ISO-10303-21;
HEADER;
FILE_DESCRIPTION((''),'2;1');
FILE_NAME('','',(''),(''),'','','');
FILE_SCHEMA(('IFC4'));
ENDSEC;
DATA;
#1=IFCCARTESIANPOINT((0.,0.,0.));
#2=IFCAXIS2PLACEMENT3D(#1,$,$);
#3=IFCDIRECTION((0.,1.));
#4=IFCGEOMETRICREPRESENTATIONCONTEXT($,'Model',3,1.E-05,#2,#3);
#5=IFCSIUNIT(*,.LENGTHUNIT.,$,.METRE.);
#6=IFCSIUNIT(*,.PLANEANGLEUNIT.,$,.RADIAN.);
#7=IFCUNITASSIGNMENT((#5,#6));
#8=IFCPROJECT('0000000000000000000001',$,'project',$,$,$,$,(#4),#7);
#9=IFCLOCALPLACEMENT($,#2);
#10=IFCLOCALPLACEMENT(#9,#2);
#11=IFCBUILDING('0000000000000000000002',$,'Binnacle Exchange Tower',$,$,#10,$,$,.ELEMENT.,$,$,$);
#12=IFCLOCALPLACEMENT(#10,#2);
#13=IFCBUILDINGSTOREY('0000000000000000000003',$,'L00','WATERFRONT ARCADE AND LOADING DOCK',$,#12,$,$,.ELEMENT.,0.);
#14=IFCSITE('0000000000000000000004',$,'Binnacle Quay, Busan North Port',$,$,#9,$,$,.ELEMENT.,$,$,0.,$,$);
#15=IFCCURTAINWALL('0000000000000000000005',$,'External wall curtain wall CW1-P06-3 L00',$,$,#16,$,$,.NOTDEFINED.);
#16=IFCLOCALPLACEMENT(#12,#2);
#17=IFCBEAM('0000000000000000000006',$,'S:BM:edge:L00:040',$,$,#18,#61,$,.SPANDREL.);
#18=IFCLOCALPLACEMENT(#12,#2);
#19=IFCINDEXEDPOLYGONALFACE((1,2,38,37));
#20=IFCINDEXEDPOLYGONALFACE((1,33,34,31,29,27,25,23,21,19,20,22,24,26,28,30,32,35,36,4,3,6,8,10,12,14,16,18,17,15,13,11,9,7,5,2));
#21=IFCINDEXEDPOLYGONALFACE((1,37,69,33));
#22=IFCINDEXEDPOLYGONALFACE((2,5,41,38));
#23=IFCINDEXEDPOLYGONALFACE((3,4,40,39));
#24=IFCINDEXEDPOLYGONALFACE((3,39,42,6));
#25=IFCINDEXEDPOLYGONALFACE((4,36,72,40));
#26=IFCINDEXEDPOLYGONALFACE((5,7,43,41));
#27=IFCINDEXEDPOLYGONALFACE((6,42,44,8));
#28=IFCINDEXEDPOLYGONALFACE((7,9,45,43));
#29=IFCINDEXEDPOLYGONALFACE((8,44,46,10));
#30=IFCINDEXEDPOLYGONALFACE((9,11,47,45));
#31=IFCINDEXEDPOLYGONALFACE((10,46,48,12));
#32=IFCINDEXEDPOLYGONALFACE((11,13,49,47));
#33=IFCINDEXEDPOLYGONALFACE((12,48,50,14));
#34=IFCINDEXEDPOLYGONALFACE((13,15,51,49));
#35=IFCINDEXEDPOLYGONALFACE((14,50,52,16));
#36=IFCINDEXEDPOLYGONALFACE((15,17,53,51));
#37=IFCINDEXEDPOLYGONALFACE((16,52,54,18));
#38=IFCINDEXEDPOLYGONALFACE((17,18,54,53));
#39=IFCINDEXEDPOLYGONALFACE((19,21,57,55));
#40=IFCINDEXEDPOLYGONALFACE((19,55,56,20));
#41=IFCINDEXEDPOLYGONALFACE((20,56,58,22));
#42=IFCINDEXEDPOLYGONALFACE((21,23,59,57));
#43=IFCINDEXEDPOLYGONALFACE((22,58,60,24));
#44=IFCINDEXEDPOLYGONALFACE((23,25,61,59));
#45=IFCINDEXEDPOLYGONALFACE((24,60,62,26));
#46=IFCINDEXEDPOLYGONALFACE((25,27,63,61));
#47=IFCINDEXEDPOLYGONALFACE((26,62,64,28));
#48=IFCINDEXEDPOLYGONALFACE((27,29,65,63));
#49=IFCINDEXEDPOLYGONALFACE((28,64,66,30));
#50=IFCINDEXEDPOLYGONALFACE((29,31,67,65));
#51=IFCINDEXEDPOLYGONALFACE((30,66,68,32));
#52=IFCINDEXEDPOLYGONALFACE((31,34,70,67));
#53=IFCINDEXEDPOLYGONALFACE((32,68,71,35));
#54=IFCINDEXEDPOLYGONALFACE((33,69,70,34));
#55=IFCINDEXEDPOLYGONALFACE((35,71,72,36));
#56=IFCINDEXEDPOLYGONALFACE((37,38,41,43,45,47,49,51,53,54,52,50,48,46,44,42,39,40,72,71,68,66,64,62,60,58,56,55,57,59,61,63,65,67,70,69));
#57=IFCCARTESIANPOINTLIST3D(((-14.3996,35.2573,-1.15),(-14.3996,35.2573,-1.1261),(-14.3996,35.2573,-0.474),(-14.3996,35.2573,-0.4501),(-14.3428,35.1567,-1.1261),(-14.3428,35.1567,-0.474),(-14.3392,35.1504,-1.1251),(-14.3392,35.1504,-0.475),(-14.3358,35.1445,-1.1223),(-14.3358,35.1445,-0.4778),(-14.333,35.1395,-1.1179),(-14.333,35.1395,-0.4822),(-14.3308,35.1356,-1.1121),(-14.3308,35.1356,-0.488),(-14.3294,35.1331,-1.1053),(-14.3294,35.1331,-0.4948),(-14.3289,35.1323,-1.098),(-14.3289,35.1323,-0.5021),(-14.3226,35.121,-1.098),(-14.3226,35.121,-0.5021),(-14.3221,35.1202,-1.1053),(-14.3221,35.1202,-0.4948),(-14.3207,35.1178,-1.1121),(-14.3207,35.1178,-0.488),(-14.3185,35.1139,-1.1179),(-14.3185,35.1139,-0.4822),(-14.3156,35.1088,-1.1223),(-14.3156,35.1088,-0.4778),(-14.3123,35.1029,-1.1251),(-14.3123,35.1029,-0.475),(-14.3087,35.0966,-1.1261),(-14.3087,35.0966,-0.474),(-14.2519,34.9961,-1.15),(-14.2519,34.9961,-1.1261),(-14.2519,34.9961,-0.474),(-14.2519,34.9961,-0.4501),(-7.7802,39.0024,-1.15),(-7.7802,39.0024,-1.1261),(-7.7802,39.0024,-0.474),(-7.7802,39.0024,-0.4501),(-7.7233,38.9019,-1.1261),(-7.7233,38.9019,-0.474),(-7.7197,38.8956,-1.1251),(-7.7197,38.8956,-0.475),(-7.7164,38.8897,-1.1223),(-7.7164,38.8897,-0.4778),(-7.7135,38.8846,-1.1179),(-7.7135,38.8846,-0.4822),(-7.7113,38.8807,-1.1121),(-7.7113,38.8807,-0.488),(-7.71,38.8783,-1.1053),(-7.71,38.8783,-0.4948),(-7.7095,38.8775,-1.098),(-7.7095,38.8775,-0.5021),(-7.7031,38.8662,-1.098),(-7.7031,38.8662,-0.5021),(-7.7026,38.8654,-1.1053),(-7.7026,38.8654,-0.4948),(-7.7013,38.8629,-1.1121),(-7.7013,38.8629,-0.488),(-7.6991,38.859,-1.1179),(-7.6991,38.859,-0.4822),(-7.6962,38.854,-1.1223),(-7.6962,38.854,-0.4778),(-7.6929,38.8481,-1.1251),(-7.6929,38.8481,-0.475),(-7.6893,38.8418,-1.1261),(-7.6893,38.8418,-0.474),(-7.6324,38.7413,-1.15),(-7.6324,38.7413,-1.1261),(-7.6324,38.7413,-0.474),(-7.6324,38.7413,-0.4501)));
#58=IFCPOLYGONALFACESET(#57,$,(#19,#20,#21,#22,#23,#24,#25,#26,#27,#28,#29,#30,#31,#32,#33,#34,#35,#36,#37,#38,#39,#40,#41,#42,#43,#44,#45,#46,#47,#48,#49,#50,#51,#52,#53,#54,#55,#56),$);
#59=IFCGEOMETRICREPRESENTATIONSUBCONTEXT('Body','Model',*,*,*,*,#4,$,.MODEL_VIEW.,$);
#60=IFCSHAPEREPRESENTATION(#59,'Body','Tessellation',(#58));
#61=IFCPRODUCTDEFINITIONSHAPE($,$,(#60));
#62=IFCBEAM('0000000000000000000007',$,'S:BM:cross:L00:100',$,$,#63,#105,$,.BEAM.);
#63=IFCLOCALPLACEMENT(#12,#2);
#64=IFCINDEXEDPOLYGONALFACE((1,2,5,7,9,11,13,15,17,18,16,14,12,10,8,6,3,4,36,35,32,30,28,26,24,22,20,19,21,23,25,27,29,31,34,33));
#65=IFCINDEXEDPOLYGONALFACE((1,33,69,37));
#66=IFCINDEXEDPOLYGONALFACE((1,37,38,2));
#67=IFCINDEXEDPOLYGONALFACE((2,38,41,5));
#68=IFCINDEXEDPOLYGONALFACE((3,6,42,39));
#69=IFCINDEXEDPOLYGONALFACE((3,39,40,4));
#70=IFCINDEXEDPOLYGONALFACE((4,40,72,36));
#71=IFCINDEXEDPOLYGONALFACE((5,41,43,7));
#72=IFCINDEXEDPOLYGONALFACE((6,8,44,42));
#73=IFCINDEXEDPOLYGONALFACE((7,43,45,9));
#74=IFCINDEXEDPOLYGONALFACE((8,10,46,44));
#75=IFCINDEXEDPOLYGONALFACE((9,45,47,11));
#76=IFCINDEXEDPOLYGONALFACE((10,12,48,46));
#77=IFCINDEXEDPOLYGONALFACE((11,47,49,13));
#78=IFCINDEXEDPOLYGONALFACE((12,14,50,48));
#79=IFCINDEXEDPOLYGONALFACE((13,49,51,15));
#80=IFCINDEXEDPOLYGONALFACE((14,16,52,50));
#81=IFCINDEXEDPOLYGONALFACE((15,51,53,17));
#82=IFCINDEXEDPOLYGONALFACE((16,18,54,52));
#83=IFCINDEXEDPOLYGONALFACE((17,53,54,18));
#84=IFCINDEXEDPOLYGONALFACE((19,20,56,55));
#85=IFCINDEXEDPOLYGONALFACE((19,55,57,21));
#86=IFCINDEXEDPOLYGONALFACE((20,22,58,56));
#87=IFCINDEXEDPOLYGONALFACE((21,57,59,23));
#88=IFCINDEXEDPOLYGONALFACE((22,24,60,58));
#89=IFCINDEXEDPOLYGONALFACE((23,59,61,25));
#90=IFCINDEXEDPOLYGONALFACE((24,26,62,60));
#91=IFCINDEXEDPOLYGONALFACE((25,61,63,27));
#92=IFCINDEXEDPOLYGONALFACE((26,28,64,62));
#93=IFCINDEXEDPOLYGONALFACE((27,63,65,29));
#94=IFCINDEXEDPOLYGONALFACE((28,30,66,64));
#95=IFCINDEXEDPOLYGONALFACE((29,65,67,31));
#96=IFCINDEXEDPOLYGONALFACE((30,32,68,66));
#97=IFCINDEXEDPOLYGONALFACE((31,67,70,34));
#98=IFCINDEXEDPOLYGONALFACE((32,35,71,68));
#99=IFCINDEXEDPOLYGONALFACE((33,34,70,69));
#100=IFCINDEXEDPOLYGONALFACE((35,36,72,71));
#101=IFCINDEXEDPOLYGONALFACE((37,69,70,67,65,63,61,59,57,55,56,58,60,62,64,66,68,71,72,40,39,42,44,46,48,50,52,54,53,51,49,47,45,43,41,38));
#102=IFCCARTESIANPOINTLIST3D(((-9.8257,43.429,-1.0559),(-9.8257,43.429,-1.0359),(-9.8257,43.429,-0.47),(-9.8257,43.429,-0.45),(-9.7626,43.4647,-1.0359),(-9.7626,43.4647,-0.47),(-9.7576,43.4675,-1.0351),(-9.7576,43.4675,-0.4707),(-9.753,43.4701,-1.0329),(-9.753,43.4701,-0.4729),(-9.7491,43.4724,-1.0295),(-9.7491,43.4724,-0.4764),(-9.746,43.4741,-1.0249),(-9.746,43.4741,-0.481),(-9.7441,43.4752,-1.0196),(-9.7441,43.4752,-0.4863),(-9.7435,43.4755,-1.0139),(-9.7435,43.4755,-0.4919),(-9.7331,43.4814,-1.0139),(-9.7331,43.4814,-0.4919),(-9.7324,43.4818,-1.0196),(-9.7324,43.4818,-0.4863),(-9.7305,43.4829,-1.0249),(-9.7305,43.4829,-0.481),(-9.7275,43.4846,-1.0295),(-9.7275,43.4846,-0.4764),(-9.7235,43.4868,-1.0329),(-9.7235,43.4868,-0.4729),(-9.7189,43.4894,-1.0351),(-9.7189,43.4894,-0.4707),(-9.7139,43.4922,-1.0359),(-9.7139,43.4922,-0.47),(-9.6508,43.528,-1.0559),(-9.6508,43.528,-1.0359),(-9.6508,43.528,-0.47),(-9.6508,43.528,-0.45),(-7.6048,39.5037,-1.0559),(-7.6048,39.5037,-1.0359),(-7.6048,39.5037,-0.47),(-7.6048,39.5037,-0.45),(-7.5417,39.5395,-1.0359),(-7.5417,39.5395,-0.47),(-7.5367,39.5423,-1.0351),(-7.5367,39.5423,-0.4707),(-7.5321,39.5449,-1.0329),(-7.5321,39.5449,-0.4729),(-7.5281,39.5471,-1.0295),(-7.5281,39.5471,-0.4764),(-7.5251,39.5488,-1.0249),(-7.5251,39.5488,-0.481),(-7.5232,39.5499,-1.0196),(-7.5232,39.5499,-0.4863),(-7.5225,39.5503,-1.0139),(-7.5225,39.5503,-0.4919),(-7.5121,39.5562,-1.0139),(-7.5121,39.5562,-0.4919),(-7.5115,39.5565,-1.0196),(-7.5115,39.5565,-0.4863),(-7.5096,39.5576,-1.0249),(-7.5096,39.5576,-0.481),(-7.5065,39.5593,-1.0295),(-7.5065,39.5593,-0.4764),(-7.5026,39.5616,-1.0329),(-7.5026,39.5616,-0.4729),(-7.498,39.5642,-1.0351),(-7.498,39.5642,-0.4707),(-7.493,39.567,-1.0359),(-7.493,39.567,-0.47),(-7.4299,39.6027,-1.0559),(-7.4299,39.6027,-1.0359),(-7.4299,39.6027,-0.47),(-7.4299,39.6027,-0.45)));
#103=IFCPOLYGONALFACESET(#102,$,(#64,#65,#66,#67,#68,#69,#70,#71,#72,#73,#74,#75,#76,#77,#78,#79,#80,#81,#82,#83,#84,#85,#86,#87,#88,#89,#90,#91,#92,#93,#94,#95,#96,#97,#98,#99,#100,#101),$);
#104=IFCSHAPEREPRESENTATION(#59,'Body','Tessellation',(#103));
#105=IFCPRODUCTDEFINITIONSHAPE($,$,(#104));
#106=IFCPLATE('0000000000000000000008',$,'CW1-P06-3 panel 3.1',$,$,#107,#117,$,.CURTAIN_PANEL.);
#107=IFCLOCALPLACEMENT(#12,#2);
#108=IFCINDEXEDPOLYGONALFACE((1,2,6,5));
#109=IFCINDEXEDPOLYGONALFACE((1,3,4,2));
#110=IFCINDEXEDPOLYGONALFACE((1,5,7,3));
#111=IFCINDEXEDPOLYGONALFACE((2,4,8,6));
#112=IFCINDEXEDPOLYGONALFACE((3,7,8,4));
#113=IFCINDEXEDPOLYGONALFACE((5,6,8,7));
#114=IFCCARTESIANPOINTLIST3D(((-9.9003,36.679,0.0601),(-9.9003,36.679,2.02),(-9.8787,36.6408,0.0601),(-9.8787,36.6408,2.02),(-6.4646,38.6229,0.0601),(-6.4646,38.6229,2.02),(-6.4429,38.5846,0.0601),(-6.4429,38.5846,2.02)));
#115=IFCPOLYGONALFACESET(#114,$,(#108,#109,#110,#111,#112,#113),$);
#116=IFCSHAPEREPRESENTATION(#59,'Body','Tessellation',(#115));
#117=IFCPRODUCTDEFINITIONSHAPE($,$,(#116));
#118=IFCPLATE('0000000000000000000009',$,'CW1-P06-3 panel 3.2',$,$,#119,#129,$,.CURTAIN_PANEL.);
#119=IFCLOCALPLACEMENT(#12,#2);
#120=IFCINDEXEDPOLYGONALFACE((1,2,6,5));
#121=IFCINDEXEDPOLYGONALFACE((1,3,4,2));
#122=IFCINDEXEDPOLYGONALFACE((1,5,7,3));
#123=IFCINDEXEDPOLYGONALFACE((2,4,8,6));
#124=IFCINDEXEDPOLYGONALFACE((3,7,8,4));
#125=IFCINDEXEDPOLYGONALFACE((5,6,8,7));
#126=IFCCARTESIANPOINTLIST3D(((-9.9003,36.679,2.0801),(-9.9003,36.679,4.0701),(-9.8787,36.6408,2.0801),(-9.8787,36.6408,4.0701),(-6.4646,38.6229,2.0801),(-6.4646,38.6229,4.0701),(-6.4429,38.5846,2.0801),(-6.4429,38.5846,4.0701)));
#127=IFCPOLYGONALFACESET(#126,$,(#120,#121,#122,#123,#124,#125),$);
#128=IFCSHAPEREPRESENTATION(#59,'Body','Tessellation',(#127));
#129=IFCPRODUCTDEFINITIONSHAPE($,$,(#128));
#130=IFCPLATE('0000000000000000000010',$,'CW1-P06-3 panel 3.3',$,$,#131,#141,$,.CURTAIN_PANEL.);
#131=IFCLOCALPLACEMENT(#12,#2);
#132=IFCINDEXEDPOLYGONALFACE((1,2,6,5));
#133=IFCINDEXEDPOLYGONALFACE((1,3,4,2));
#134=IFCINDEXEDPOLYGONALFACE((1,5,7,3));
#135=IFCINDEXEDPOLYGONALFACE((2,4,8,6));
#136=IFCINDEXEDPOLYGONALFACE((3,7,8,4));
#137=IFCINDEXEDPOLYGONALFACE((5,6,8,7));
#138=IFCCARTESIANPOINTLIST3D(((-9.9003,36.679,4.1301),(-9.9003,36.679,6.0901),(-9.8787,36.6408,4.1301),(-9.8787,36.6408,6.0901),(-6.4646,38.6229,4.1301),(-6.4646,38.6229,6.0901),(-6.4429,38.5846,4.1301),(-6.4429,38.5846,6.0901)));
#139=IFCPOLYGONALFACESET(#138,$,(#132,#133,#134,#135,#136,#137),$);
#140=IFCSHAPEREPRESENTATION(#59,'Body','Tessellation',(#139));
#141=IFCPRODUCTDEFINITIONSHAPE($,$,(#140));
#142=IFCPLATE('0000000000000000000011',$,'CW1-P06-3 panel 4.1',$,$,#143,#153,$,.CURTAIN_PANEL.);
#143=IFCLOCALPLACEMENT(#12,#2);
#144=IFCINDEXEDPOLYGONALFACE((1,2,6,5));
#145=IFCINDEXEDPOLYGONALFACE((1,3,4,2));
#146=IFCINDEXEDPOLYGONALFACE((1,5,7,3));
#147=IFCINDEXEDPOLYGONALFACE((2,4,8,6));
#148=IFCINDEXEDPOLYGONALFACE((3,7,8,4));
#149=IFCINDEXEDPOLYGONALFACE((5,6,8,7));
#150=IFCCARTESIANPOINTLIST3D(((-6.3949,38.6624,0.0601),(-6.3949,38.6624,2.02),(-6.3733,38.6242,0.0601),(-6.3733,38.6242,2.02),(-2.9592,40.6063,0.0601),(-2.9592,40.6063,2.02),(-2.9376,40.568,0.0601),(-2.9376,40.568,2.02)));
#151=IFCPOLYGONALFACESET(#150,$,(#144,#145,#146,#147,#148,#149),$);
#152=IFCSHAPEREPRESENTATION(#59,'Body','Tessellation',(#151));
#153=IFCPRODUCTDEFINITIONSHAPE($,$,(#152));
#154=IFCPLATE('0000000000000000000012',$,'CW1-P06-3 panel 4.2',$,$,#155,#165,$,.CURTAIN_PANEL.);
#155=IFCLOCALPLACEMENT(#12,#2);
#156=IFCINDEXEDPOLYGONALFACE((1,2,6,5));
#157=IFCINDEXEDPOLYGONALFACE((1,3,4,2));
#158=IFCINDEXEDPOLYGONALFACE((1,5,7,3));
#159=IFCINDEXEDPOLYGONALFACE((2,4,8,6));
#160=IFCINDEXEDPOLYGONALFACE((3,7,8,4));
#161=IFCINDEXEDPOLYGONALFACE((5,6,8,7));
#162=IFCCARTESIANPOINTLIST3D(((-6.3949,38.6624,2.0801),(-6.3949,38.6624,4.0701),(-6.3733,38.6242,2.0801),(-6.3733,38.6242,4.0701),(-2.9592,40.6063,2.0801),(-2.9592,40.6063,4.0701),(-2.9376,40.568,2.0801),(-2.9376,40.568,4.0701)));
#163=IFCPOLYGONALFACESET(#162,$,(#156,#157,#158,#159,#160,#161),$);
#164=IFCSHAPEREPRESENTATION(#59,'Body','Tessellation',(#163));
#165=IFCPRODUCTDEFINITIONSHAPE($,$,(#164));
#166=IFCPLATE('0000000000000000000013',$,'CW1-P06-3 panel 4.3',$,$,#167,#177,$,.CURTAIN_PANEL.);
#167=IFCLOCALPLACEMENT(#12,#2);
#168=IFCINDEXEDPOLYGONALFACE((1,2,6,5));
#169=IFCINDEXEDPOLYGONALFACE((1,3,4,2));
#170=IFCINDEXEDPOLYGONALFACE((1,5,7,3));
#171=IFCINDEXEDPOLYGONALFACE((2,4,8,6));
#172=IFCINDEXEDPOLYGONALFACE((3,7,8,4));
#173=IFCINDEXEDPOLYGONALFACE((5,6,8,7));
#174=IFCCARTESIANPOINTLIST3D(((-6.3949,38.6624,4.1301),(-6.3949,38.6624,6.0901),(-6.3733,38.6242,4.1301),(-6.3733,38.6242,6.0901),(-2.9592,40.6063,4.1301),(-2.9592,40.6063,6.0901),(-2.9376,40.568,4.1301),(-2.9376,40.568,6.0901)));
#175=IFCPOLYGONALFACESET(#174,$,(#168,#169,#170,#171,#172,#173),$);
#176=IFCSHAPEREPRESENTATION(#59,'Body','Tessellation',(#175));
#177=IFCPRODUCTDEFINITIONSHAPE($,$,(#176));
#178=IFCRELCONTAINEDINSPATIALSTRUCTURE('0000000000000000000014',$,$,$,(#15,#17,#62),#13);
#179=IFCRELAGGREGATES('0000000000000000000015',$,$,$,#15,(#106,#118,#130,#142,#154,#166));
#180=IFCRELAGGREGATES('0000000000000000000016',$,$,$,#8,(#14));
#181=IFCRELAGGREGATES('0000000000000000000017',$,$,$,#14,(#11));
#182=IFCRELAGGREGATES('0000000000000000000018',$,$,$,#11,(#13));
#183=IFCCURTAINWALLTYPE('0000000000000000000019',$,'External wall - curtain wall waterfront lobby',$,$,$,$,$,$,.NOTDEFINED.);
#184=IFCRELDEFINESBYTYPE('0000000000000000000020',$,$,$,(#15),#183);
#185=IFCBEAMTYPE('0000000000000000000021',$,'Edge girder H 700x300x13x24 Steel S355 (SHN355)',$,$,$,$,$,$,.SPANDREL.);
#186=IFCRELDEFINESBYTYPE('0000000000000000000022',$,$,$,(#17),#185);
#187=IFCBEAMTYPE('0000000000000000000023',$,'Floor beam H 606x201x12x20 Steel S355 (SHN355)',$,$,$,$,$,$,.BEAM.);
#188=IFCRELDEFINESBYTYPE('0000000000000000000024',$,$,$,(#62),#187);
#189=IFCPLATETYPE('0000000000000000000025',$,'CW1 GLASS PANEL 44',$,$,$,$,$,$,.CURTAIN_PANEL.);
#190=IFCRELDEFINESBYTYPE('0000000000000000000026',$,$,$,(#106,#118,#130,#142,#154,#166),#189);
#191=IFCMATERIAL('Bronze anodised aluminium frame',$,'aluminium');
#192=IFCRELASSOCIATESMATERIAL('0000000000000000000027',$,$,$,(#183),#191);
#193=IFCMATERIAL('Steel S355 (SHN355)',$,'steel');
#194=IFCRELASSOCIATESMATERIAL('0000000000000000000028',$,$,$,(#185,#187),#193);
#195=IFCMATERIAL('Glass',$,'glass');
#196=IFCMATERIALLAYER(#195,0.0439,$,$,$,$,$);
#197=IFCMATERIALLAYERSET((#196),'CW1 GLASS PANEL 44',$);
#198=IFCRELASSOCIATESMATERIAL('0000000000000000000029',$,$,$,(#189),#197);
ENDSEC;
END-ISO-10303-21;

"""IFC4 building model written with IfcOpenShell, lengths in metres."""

from ifc_helpers import new_model, si_unit, direction, frame, origin, origin_2d, place, context, subcontext, project, spatial, rectangle, i_section, extrude, material, layer, layer_set, material_profile, profile_set, type_object, element, aggregate, save


model = new_model("IFC4")

# Units and contexts
model_context = context("Model", 3, precision=1e-05, world=origin(), true_north=direction((0.0, 1.0)))
body_context = subcontext(model_context, "Body", "Model", "MODEL_VIEW")
ifc_project = project(units=[si_unit("LENGTHUNIT", "METRE"), si_unit("PLANEANGLEUNIT", "RADIAN")], contexts=[model_context])

# Site, building, storey
site_placement = place(None, origin())
site = spatial("IfcSite", under=ifc_project, at=site_placement, Name="Binnacle Quay, Busan North Port", CompositionType="ELEMENT", RefElevation=0.0)
building_placement = place(site_placement, origin())
building = spatial("IfcBuilding", under=site, at=building_placement, Name="Binnacle Exchange Tower", CompositionType="ELEMENT")
storey_placement = place(building_placement, origin())
storey = spatial("IfcBuildingStorey", under=building, at=storey_placement, Name="L00", Description="WATERFRONT ARCADE AND LOADING DOCK", CompositionType="ELEMENT", Elevation=0.0)

# Curtain wall
ifc_material_1 = material(Name="Bronze anodised aluminium frame", Category="aluminium")
curtain_wall_type = type_object("IfcCurtainWallType", Name="External wall - curtain wall waterfront lobby", PredefinedType="NOTDEFINED", material=ifc_material_1)
curtain_wall_placement = place(storey_placement, origin())
curtain_wall = element("IfcCurtainWall", 1, at=curtain_wall_placement, inside=storey, type_object=curtain_wall_type, Name="External wall curtain wall CW1-P06-3 L00", PredefinedType="NOTDEFINED")

# Beams
ifc_material_2 = material(Name="Steel S355 (SHN355)", Category="steel")
ifc_material_profile_1 = material_profile(ifc_material_2, i_section(OverallWidth=0.3, OverallDepth=0.7, WebThickness=0.0129, FlangeThickness=0.0239, FilletRadius=0.0281, at=origin_2d()), Name="H 700x300x13x24")
ifc_profile_set_1 = profile_set([ifc_material_profile_1], Name="Steel S355 (SHN355)")
beam_type_1 = type_object("IfcBeamType", Name="Edge girder H 700x300x13x24 Steel S355 (SHN355)", PredefinedType="SPANDREL", material=ifc_profile_set_1)
beam_1_placement = place(storey_placement, frame((-7.7063, 38.8718, -0.8), z_axis=(-0.870353, -0.492428, 0.0), x_axis=(0.492428, -0.870353, 0.0)))
element("IfcBeam", 2, at=beam_1_placement, inside=storey, type_object=beam_type_1, Name="S:BM:edge:L00:040", PredefinedType="SPANDREL", context=body_context, shape_type="SweptSolid", body=[
    extrude(i_section(OverallWidth=0.3, OverallDepth=0.7, WebThickness=0.0129, FlangeThickness=0.0239, FilletRadius=0.0281, at=origin_2d()), origin(), (0.0, 0.0, 1.0), 7.6055),
])
ifc_material_profile_2 = material_profile(ifc_material_2, i_section(OverallWidth=0.2009, OverallDepth=0.606, WebThickness=0.012, FlangeThickness=0.02, FilletRadius=0.022, at=origin_2d()), Name="H 606x201x12x20")
ifc_profile_set_2 = profile_set([ifc_material_profile_2], Name="Steel S355 (SHN355)")
beam_type_2 = type_object("IfcBeamType", Name="Floor beam H 606x201x12x20 Steel S355 (SHN355)", PredefinedType="BEAM", material=ifc_profile_set_2)
beam_2_placement = place(storey_placement, frame((-7.5173, 39.5532, -0.7529), z_axis=(-0.492444, 0.870344, 0.0), x_axis=(-0.870344, -0.492444, 0.0)))
element("IfcBeam", 3, at=beam_2_placement, inside=storey, type_object=beam_type_2, Name="S:BM:cross:L00:100", PredefinedType="BEAM", context=body_context, shape_type="SweptSolid", body=[
    extrude(i_section(OverallWidth=0.2009, OverallDepth=0.606, WebThickness=0.012, FlangeThickness=0.02, FilletRadius=0.022, at=origin_2d()), origin(), (0.0, 0.0, 1.0), 4.51),
])

# Plates
ifc_material_3 = material(Name="Glass", Category="glass")
ifc_layer = layer(ifc_material_3, 0.0439)
ifc_layer_set = layer_set([ifc_layer], Name="CW1 GLASS PANEL 44")
plate_type = type_object("IfcPlateType", Name="CW1 GLASS PANEL 44", PredefinedType="CURTAIN_PANEL", material=ifc_layer_set)
plate_1_placement = place(storey_placement, frame((-8.1716, 37.6318, 0.0601), z_axis=(0.0, 0.0, 1.0), x_axis=(0.870356, 0.492424, 0.0)))
plate_1 = element("IfcPlate", 4, at=plate_1_placement, type_object=plate_type, Name="CW1-P06-3 panel 3.1", PredefinedType="CURTAIN_PANEL", context=body_context, shape_type="SweptSolid", body=[
    extrude(rectangle(XDim=3.9475, YDim=0.0439, at=origin_2d()), origin(), (0.0, 0.0, 1.0), 1.96),
])
plate_2_placement = place(storey_placement, frame((-8.1716, 37.6318, 2.0801), z_axis=(0.0, 0.0, 1.0), x_axis=(0.870356, 0.492424, 0.0)))
plate_2 = element("IfcPlate", 5, at=plate_2_placement, type_object=plate_type, Name="CW1-P06-3 panel 3.2", PredefinedType="CURTAIN_PANEL", context=body_context, shape_type="SweptSolid", body=[
    extrude(rectangle(XDim=3.9475, YDim=0.0439, at=origin_2d()), origin(), (0.0, 0.0, 1.0), 1.99),
])
plate_3_placement = place(storey_placement, frame((-8.1716, 37.6318, 4.1301), z_axis=(0.0, 0.0, 1.0), x_axis=(0.870356, 0.492424, 0.0)))
plate_3 = element("IfcPlate", 6, at=plate_3_placement, type_object=plate_type, Name="CW1-P06-3 panel 3.3", PredefinedType="CURTAIN_PANEL", context=body_context, shape_type="SweptSolid", body=[
    extrude(rectangle(XDim=3.9475, YDim=0.0439, at=origin_2d()), origin(), (0.0, 0.0, 1.0), 1.96),
])
plate_4_placement = place(storey_placement, frame((-4.6663, 39.6152, 0.0601), z_axis=(0.0, 0.0, 1.0), x_axis=(0.870356, 0.492424, 0.0)))
plate_4 = element("IfcPlate", 7, at=plate_4_placement, type_object=plate_type, Name="CW1-P06-3 panel 4.1", PredefinedType="CURTAIN_PANEL", context=body_context, shape_type="SweptSolid", body=[
    extrude(rectangle(XDim=3.9475, YDim=0.0439, at=origin_2d()), origin(), (0.0, 0.0, 1.0), 1.96),
])
plate_5_placement = place(storey_placement, frame((-4.6663, 39.6152, 2.0801), z_axis=(0.0, 0.0, 1.0), x_axis=(0.870356, 0.492424, 0.0)))
plate_5 = element("IfcPlate", 8, at=plate_5_placement, type_object=plate_type, Name="CW1-P06-3 panel 4.2", PredefinedType="CURTAIN_PANEL", context=body_context, shape_type="SweptSolid", body=[
    extrude(rectangle(XDim=3.9475, YDim=0.0439, at=origin_2d()), origin(), (0.0, 0.0, 1.0), 1.99),
])
plate_6_placement = place(storey_placement, frame((-4.6663, 39.6152, 4.1301), z_axis=(0.0, 0.0, 1.0), x_axis=(0.870356, 0.492424, 0.0)))
plate_6 = element("IfcPlate", 9, at=plate_6_placement, type_object=plate_type, Name="CW1-P06-3 panel 4.3", PredefinedType="CURTAIN_PANEL", context=body_context, shape_type="SweptSolid", body=[
    extrude(rectangle(XDim=3.9475, YDim=0.0439, at=origin_2d()), origin(), (0.0, 0.0, 1.0), 1.96),
])
aggregate(curtain_wall, [plate_1, plate_2, plate_3, plate_4, plate_5, plate_6])

save(model, "model.ifc")
